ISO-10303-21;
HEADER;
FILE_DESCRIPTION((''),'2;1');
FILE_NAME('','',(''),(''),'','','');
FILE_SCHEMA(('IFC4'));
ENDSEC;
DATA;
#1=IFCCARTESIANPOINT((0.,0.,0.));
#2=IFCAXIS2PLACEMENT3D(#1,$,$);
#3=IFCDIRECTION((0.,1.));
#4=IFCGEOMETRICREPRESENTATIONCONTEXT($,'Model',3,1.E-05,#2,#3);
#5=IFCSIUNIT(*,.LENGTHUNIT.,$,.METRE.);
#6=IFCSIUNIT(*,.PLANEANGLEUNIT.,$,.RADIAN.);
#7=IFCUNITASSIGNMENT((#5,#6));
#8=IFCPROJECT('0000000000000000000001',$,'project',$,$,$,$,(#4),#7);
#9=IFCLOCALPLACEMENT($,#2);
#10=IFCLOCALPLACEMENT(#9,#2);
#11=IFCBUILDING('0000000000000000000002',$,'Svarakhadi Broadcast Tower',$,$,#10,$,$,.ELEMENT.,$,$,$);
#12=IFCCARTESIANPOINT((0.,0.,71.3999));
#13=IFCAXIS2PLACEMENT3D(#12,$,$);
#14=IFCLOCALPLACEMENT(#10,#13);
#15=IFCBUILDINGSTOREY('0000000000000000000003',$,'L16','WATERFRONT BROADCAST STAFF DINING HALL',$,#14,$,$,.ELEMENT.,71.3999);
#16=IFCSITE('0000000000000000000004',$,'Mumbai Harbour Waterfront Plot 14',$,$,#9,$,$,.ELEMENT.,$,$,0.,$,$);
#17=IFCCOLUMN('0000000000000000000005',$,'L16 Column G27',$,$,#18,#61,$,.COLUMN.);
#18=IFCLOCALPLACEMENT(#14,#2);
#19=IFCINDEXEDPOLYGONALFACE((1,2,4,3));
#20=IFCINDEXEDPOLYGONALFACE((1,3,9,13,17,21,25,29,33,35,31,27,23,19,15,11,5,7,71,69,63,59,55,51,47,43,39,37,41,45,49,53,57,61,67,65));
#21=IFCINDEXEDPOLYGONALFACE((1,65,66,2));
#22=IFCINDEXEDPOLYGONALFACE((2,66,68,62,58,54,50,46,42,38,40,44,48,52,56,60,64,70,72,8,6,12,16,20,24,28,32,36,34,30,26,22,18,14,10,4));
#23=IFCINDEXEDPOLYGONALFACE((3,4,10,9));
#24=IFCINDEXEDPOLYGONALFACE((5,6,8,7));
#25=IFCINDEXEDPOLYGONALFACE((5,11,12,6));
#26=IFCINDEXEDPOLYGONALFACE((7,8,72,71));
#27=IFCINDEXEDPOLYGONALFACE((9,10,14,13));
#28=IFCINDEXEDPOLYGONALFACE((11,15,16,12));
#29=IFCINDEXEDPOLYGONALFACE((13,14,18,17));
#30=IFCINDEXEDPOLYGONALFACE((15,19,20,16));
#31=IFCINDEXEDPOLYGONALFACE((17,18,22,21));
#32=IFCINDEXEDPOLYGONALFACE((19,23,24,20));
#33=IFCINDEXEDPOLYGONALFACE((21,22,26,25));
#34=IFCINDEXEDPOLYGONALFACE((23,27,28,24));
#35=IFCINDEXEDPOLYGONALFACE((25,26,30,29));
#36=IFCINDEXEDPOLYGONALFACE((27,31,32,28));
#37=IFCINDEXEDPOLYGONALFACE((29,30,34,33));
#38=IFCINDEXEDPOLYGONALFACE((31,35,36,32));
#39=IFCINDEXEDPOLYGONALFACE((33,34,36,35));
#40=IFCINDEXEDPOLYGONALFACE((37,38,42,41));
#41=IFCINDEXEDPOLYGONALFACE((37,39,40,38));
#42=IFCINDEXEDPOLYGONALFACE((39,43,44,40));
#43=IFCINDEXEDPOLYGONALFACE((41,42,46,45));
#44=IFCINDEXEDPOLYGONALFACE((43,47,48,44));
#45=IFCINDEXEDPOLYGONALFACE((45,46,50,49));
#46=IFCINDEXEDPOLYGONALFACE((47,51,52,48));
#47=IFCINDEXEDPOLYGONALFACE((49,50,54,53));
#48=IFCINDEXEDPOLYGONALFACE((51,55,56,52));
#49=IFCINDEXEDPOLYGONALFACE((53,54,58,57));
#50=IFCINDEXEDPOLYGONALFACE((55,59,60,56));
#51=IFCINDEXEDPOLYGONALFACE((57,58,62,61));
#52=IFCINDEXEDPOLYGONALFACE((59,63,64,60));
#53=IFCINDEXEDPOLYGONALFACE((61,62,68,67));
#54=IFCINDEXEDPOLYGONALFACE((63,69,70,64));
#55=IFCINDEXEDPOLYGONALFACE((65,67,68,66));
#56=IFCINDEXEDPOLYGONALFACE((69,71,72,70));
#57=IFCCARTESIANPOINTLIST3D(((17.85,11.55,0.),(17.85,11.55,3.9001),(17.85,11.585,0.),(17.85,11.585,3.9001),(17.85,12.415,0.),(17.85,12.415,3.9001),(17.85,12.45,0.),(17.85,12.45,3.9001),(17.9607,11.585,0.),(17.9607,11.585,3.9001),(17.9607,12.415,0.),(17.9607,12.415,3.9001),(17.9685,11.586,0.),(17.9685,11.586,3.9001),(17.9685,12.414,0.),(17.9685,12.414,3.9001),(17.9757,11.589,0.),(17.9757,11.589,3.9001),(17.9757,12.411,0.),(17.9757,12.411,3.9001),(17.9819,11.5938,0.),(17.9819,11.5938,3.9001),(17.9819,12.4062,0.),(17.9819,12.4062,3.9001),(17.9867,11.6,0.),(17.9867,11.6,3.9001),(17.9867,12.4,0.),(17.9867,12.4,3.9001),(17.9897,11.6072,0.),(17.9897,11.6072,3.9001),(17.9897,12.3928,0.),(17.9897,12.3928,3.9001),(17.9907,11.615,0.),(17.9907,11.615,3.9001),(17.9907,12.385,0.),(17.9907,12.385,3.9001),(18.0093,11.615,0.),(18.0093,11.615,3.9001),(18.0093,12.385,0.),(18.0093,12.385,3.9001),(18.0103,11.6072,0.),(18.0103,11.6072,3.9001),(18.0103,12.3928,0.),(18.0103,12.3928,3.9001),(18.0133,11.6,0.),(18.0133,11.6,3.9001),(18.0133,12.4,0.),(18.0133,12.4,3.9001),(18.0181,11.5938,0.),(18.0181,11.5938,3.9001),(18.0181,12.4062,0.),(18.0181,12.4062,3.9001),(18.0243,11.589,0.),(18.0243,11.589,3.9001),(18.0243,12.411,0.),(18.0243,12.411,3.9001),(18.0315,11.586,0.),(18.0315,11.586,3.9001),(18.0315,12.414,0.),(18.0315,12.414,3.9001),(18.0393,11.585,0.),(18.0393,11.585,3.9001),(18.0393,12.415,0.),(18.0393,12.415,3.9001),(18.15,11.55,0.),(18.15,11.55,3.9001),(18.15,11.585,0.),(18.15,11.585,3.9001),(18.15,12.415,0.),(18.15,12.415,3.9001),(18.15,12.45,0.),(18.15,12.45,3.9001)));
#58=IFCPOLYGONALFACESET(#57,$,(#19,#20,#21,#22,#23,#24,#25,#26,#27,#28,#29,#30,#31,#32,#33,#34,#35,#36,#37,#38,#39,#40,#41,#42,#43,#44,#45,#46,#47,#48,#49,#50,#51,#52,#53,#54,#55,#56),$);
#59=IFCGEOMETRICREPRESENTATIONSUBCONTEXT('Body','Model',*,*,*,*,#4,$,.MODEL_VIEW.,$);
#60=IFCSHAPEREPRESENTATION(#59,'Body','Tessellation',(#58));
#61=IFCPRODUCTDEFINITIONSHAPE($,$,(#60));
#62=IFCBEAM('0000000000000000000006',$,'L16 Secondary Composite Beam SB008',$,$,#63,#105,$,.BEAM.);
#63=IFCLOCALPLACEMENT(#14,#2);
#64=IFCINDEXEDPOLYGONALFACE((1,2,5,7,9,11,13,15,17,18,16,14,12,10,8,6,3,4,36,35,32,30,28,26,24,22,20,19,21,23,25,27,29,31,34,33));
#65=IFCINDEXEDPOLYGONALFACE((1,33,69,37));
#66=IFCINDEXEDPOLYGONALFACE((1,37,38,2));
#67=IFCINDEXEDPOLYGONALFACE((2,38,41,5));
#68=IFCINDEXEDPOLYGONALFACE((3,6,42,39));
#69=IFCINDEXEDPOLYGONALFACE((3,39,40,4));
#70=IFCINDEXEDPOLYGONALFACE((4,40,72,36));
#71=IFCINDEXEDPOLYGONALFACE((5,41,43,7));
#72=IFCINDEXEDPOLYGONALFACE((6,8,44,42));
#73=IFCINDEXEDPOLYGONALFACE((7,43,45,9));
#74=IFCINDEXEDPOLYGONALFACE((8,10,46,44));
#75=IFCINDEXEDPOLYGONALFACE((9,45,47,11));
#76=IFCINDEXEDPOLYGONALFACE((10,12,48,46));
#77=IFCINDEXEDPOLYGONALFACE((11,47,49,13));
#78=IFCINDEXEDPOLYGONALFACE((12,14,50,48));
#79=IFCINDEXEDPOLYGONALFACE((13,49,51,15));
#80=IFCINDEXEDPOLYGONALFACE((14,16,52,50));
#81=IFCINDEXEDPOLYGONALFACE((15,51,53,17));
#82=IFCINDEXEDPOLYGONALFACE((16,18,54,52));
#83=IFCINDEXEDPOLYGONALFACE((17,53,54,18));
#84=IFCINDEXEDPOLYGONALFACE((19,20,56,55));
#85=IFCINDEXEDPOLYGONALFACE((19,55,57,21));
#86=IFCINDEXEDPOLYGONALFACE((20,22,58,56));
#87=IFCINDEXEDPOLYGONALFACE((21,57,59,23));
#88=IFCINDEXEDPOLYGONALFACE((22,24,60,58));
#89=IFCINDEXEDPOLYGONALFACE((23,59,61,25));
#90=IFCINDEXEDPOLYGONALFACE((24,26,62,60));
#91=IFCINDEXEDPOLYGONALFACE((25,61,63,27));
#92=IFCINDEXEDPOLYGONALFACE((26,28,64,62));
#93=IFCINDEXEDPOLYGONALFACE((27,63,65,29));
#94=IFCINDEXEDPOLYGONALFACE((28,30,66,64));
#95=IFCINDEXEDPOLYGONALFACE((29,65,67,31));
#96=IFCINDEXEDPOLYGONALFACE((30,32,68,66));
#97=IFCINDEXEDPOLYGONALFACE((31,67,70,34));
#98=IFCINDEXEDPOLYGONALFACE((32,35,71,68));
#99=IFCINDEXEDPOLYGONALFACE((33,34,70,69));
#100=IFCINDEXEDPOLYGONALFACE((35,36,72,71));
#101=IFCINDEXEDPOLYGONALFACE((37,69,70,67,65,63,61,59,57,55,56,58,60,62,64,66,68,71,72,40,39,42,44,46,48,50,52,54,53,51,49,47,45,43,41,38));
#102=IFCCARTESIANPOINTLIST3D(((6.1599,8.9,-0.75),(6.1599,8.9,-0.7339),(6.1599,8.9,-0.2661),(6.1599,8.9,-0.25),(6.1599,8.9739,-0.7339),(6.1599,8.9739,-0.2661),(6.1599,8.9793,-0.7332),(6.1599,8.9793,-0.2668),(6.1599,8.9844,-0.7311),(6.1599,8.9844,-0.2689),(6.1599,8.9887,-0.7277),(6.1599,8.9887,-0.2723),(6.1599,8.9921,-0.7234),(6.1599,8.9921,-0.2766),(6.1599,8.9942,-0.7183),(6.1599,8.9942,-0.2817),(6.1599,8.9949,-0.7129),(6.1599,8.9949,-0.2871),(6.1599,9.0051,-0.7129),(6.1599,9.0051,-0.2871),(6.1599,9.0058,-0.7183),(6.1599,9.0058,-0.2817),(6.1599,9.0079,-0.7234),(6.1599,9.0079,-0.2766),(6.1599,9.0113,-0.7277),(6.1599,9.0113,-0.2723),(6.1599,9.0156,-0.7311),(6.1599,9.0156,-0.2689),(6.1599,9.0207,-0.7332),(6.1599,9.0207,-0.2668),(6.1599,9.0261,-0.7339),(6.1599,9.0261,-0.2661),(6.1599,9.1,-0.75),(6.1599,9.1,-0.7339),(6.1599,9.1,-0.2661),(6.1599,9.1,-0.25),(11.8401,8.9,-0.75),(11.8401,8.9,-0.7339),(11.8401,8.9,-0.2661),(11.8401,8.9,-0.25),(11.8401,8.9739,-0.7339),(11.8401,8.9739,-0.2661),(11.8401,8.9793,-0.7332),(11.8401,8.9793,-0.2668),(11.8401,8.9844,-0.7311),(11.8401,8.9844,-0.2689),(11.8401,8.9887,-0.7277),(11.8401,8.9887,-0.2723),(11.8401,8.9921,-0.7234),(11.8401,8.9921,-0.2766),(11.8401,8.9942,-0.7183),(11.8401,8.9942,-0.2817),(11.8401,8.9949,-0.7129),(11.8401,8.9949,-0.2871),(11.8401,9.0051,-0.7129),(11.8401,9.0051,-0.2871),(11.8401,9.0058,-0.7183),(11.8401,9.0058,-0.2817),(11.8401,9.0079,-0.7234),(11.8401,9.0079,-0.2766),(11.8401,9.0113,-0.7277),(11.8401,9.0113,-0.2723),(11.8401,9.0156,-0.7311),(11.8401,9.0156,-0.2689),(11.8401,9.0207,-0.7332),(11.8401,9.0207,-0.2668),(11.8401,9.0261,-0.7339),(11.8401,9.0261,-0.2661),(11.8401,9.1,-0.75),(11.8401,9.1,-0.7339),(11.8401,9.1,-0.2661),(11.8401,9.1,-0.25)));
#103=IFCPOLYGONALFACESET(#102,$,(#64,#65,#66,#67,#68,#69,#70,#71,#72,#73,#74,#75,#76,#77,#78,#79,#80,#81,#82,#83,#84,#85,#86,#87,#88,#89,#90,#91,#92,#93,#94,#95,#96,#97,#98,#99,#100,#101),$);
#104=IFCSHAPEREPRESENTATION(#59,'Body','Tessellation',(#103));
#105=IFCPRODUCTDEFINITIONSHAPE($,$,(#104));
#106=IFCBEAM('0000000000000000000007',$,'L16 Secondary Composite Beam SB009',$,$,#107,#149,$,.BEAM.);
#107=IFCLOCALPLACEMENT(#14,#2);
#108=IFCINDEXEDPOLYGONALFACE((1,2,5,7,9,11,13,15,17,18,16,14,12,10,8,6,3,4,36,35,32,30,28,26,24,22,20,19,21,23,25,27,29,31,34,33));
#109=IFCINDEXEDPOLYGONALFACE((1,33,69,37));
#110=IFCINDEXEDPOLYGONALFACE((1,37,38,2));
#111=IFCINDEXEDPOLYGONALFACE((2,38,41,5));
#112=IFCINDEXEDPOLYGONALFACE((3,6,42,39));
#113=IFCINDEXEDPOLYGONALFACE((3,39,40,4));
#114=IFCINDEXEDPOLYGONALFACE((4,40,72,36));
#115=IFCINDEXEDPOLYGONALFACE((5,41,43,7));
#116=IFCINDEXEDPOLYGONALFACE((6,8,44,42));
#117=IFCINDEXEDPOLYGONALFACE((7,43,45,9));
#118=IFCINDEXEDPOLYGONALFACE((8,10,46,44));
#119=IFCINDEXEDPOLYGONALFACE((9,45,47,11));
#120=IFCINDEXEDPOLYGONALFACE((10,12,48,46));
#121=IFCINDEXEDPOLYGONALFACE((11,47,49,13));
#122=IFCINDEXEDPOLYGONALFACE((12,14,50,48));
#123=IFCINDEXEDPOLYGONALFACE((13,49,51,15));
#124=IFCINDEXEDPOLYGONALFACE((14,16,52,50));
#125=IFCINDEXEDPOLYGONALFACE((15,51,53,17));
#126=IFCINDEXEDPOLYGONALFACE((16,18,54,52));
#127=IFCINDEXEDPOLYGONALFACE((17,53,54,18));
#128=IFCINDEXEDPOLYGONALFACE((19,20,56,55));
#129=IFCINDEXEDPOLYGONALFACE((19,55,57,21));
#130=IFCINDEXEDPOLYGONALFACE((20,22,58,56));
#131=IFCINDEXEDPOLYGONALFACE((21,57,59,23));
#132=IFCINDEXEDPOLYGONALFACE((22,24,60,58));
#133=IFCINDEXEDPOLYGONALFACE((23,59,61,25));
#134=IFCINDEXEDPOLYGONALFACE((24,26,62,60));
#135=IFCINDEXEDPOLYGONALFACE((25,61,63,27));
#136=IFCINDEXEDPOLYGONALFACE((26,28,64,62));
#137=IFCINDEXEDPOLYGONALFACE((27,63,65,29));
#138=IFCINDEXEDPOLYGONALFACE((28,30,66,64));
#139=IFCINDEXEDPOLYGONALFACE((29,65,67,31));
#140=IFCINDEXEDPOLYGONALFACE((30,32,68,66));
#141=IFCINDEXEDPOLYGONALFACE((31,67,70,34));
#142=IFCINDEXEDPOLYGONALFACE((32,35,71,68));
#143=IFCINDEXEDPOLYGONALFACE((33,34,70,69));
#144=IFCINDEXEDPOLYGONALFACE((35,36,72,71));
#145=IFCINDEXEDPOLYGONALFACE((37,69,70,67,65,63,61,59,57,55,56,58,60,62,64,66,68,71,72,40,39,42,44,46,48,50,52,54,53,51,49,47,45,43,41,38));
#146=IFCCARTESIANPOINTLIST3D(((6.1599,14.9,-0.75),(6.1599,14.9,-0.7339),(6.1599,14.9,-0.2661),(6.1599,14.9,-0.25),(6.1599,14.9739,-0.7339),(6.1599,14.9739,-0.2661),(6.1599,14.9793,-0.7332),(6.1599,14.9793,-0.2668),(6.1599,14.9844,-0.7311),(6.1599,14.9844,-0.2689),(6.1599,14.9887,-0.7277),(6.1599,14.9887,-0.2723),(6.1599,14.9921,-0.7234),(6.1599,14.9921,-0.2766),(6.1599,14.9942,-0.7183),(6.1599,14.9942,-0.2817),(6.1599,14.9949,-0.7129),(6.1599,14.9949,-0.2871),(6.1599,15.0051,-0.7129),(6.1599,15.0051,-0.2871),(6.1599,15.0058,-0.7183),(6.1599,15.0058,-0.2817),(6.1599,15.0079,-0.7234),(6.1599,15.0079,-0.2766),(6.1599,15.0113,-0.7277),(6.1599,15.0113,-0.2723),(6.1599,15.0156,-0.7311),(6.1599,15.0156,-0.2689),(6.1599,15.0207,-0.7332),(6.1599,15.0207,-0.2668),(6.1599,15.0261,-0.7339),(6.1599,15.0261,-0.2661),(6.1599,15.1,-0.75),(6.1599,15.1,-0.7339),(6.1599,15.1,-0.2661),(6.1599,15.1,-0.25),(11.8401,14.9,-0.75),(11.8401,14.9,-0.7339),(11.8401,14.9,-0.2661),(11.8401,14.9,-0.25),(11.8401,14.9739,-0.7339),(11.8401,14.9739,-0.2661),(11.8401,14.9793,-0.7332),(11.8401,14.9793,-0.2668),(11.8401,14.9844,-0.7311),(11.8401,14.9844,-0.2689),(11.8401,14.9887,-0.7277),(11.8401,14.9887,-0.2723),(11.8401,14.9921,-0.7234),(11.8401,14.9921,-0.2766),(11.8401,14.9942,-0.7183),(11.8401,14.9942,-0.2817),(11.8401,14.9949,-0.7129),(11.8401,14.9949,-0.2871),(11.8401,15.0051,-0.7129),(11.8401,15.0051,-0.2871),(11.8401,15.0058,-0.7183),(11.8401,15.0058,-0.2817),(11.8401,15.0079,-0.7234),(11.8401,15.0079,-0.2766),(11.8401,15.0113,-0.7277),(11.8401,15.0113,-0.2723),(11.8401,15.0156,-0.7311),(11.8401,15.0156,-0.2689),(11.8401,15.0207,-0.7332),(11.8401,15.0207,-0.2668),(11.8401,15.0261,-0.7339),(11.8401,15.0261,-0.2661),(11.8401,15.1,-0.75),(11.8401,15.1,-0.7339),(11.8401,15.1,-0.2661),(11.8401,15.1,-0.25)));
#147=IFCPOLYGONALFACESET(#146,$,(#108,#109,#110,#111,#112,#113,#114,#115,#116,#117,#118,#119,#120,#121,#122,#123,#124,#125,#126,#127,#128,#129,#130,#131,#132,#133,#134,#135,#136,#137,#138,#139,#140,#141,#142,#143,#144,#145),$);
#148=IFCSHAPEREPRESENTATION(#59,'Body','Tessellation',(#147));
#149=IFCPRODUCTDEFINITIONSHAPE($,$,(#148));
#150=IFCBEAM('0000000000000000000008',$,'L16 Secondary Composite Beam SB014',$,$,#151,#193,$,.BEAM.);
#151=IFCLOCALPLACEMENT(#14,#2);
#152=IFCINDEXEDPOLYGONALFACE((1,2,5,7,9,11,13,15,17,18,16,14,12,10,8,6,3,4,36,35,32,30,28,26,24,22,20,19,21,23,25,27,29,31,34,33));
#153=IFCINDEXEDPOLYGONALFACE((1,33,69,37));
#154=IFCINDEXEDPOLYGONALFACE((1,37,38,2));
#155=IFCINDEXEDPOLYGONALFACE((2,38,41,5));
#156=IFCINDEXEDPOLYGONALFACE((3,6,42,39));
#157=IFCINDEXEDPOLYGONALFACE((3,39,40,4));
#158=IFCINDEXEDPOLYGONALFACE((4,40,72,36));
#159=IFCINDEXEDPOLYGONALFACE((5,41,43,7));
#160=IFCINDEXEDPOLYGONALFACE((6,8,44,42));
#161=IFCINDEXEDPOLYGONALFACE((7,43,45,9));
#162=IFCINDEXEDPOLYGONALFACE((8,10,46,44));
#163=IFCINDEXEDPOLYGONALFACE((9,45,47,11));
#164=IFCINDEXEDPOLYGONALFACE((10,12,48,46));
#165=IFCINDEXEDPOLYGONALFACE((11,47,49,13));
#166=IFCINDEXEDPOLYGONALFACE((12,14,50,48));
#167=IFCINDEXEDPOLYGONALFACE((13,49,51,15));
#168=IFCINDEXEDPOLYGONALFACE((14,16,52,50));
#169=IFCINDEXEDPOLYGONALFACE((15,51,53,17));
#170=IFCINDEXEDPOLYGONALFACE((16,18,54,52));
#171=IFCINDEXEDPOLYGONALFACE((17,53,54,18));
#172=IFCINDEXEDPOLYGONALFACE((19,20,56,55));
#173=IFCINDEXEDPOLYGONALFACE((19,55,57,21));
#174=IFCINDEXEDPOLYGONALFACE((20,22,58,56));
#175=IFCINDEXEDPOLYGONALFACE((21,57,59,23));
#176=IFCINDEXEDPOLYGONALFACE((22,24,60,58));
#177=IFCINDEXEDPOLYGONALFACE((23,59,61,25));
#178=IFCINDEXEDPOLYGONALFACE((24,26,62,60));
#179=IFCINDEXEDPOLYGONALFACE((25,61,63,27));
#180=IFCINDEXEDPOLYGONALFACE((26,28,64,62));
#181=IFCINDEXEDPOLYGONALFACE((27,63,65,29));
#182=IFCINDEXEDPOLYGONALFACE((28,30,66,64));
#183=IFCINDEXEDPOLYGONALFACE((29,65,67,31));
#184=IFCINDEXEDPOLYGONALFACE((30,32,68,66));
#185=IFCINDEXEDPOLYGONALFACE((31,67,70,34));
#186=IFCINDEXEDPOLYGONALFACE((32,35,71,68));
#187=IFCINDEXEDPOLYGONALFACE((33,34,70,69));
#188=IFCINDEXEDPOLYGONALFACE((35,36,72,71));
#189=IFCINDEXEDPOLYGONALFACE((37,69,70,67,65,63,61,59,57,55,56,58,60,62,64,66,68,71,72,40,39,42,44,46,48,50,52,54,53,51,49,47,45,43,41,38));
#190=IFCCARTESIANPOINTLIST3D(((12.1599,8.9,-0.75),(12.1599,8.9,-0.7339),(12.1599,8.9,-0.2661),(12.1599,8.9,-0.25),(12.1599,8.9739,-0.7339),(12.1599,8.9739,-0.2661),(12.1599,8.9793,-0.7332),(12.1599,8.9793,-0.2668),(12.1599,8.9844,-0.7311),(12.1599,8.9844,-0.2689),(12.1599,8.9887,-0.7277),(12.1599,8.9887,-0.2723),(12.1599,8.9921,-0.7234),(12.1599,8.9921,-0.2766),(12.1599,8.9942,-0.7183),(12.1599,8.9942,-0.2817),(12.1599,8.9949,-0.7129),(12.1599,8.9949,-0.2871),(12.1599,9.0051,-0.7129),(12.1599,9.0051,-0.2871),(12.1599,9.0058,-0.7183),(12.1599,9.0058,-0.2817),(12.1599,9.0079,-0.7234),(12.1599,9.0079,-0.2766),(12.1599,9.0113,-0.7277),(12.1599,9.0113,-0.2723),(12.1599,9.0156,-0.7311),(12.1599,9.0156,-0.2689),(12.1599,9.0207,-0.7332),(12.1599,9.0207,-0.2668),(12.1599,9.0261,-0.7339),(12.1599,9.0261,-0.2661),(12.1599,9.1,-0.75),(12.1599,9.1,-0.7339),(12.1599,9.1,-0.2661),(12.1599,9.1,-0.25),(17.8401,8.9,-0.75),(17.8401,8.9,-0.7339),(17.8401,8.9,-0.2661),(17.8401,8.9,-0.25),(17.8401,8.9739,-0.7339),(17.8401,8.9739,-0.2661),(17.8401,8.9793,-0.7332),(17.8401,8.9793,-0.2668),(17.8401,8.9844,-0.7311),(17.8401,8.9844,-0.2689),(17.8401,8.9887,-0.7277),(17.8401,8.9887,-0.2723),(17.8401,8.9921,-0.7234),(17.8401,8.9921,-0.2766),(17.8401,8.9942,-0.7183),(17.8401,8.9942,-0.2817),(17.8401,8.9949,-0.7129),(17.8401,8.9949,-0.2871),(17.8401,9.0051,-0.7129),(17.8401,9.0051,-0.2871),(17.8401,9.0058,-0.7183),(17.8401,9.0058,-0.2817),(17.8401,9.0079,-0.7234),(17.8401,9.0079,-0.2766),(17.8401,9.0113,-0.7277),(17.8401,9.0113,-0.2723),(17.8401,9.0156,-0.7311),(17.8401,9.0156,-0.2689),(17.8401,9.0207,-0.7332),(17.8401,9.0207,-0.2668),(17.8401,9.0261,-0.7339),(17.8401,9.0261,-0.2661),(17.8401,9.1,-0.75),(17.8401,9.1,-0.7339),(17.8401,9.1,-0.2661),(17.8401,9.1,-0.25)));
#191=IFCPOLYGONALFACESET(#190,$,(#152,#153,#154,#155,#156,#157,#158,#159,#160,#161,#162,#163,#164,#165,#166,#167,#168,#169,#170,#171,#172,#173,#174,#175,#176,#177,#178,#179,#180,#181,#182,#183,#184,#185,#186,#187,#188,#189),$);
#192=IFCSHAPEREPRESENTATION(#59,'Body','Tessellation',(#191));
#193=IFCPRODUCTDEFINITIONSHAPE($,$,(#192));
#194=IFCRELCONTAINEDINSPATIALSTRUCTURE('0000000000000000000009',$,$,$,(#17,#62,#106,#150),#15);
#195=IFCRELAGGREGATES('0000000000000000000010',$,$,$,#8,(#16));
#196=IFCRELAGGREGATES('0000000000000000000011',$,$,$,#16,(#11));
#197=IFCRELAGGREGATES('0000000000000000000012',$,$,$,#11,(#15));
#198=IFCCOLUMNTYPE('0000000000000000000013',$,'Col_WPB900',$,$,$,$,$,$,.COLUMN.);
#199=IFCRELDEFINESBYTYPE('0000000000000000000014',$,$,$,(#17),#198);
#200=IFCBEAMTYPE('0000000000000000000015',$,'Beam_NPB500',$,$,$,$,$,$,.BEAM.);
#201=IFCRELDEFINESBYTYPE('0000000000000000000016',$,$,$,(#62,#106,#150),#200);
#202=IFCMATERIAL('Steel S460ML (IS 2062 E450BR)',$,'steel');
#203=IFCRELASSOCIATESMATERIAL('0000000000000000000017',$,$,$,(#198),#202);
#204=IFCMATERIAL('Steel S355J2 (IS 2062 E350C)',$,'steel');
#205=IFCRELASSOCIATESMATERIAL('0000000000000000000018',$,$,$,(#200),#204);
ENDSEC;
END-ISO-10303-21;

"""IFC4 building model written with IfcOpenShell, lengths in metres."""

from ifc_helpers import new_model, si_unit, direction, frame, origin, origin_2d, place, context, subcontext, project, spatial, i_section, extrude, material, material_profile, profile_set, type_object, element, save


model = new_model("IFC4")

# Units and contexts
model_context = context("Model", 3, precision=1e-05, world=origin(), true_north=direction((0.0, 1.0)))
body_context = subcontext(model_context, "Body", "Model", "MODEL_VIEW")
ifc_project = project(units=[si_unit("LENGTHUNIT", "METRE"), si_unit("PLANEANGLEUNIT", "RADIAN")], contexts=[model_context])

# Site, building, storey
site_placement = place(None, origin())
site = spatial("IfcSite", under=ifc_project, at=site_placement, Name="Mumbai Harbour Waterfront Plot 14", CompositionType="ELEMENT", RefElevation=0.0)
building_placement = place(site_placement, origin())
building = spatial("IfcBuilding", under=site, at=building_placement, Name="Svarakhadi Broadcast Tower", CompositionType="ELEMENT")
storey_placement = place(building_placement, frame((0.0, 0.0, 71.3999)))
storey = spatial("IfcBuildingStorey", under=building, at=storey_placement, Name="L16", Description="WATERFRONT BROADCAST STAFF DINING HALL", CompositionType="ELEMENT", Elevation=71.3999)

# Column
ifc_material_1 = material(Name="Steel S460ML (IS 2062 E450BR)", Category="steel")
ifc_material_profile_1 = material_profile(ifc_material_1, i_section(OverallWidth=0.3, OverallDepth=0.8999, WebThickness=0.0186, FlangeThickness=0.0349, FilletRadius=0.03, at=origin_2d()), Name="WPB 900x300x291")
ifc_profile_set_1 = profile_set([ifc_material_profile_1], Name="Steel S460ML (IS 2062 E450BR)")
column_type_1 = type_object("IfcColumnType", Name="Col_WPB900", PredefinedType="COLUMN", material=ifc_profile_set_1)
column_1_placement = place(storey_placement, frame((18.0, 12.0, 0.0), z_axis=(0.0, 0.0, 1.0), x_axis=(1.0, 0.0, 0.0)))
element("IfcColumn", 1, at=column_1_placement, inside=storey, type_object=column_type_1, Name="L16 Column G27", PredefinedType="COLUMN", context=body_context, shape_type="SweptSolid", body=[
    extrude(i_section(OverallWidth=0.3, OverallDepth=0.8999, WebThickness=0.0186, FlangeThickness=0.0349, FilletRadius=0.03, at=origin_2d()), origin(), (0.0, 0.0, 1.0), 3.9001),
])

# Beams
ifc_material_2 = material(Name="Steel S355J2 (IS 2062 E350C)", Category="steel")
ifc_material_profile_2 = material_profile(ifc_material_2, i_section(OverallWidth=0.2, OverallDepth=0.5, WebThickness=0.0103, FlangeThickness=0.0161, FilletRadius=0.021, at=origin_2d()), Name="NPB 500x200x91")
ifc_profile_set_2 = profile_set([ifc_material_profile_2], Name="Steel S355J2 (IS 2062 E350C)")
beam_type_1 = type_object("IfcBeamType", Name="Beam_NPB500", PredefinedType="BEAM", material=ifc_profile_set_2)
for number, where, z_axis, x_axis, name in (
    (2, (6.1599, 9.0, -0.5), (1.0, 0.0, 0.0), (0.0, 1.0, 0.0), "L16 Secondary Composite Beam SB008"),
    (3, (6.1599, 15.0, -0.5), (1.0, 0.0, 0.0), (0.0, 1.0, 0.0), "L16 Secondary Composite Beam SB009"),
    (4, (12.1599, 9.0, -0.5), (1.0, 0.0, 0.0), (0.0, 1.0, 0.0), "L16 Secondary Composite Beam SB014"),
):
    element("IfcBeam", number, at=place(storey_placement, frame(where, z_axis=z_axis, x_axis=x_axis)), inside=storey, type_object=beam_type_1, Name=name, PredefinedType="BEAM", context=body_context, shape_type="SweptSolid", body=[
        extrude(i_section(OverallWidth=0.2, OverallDepth=0.5, WebThickness=0.0103, FlangeThickness=0.0161, FilletRadius=0.021, at=origin_2d()), origin(), (0.0, 0.0, 1.0), 5.6802),
    ])

save(model, "model.ifc")
